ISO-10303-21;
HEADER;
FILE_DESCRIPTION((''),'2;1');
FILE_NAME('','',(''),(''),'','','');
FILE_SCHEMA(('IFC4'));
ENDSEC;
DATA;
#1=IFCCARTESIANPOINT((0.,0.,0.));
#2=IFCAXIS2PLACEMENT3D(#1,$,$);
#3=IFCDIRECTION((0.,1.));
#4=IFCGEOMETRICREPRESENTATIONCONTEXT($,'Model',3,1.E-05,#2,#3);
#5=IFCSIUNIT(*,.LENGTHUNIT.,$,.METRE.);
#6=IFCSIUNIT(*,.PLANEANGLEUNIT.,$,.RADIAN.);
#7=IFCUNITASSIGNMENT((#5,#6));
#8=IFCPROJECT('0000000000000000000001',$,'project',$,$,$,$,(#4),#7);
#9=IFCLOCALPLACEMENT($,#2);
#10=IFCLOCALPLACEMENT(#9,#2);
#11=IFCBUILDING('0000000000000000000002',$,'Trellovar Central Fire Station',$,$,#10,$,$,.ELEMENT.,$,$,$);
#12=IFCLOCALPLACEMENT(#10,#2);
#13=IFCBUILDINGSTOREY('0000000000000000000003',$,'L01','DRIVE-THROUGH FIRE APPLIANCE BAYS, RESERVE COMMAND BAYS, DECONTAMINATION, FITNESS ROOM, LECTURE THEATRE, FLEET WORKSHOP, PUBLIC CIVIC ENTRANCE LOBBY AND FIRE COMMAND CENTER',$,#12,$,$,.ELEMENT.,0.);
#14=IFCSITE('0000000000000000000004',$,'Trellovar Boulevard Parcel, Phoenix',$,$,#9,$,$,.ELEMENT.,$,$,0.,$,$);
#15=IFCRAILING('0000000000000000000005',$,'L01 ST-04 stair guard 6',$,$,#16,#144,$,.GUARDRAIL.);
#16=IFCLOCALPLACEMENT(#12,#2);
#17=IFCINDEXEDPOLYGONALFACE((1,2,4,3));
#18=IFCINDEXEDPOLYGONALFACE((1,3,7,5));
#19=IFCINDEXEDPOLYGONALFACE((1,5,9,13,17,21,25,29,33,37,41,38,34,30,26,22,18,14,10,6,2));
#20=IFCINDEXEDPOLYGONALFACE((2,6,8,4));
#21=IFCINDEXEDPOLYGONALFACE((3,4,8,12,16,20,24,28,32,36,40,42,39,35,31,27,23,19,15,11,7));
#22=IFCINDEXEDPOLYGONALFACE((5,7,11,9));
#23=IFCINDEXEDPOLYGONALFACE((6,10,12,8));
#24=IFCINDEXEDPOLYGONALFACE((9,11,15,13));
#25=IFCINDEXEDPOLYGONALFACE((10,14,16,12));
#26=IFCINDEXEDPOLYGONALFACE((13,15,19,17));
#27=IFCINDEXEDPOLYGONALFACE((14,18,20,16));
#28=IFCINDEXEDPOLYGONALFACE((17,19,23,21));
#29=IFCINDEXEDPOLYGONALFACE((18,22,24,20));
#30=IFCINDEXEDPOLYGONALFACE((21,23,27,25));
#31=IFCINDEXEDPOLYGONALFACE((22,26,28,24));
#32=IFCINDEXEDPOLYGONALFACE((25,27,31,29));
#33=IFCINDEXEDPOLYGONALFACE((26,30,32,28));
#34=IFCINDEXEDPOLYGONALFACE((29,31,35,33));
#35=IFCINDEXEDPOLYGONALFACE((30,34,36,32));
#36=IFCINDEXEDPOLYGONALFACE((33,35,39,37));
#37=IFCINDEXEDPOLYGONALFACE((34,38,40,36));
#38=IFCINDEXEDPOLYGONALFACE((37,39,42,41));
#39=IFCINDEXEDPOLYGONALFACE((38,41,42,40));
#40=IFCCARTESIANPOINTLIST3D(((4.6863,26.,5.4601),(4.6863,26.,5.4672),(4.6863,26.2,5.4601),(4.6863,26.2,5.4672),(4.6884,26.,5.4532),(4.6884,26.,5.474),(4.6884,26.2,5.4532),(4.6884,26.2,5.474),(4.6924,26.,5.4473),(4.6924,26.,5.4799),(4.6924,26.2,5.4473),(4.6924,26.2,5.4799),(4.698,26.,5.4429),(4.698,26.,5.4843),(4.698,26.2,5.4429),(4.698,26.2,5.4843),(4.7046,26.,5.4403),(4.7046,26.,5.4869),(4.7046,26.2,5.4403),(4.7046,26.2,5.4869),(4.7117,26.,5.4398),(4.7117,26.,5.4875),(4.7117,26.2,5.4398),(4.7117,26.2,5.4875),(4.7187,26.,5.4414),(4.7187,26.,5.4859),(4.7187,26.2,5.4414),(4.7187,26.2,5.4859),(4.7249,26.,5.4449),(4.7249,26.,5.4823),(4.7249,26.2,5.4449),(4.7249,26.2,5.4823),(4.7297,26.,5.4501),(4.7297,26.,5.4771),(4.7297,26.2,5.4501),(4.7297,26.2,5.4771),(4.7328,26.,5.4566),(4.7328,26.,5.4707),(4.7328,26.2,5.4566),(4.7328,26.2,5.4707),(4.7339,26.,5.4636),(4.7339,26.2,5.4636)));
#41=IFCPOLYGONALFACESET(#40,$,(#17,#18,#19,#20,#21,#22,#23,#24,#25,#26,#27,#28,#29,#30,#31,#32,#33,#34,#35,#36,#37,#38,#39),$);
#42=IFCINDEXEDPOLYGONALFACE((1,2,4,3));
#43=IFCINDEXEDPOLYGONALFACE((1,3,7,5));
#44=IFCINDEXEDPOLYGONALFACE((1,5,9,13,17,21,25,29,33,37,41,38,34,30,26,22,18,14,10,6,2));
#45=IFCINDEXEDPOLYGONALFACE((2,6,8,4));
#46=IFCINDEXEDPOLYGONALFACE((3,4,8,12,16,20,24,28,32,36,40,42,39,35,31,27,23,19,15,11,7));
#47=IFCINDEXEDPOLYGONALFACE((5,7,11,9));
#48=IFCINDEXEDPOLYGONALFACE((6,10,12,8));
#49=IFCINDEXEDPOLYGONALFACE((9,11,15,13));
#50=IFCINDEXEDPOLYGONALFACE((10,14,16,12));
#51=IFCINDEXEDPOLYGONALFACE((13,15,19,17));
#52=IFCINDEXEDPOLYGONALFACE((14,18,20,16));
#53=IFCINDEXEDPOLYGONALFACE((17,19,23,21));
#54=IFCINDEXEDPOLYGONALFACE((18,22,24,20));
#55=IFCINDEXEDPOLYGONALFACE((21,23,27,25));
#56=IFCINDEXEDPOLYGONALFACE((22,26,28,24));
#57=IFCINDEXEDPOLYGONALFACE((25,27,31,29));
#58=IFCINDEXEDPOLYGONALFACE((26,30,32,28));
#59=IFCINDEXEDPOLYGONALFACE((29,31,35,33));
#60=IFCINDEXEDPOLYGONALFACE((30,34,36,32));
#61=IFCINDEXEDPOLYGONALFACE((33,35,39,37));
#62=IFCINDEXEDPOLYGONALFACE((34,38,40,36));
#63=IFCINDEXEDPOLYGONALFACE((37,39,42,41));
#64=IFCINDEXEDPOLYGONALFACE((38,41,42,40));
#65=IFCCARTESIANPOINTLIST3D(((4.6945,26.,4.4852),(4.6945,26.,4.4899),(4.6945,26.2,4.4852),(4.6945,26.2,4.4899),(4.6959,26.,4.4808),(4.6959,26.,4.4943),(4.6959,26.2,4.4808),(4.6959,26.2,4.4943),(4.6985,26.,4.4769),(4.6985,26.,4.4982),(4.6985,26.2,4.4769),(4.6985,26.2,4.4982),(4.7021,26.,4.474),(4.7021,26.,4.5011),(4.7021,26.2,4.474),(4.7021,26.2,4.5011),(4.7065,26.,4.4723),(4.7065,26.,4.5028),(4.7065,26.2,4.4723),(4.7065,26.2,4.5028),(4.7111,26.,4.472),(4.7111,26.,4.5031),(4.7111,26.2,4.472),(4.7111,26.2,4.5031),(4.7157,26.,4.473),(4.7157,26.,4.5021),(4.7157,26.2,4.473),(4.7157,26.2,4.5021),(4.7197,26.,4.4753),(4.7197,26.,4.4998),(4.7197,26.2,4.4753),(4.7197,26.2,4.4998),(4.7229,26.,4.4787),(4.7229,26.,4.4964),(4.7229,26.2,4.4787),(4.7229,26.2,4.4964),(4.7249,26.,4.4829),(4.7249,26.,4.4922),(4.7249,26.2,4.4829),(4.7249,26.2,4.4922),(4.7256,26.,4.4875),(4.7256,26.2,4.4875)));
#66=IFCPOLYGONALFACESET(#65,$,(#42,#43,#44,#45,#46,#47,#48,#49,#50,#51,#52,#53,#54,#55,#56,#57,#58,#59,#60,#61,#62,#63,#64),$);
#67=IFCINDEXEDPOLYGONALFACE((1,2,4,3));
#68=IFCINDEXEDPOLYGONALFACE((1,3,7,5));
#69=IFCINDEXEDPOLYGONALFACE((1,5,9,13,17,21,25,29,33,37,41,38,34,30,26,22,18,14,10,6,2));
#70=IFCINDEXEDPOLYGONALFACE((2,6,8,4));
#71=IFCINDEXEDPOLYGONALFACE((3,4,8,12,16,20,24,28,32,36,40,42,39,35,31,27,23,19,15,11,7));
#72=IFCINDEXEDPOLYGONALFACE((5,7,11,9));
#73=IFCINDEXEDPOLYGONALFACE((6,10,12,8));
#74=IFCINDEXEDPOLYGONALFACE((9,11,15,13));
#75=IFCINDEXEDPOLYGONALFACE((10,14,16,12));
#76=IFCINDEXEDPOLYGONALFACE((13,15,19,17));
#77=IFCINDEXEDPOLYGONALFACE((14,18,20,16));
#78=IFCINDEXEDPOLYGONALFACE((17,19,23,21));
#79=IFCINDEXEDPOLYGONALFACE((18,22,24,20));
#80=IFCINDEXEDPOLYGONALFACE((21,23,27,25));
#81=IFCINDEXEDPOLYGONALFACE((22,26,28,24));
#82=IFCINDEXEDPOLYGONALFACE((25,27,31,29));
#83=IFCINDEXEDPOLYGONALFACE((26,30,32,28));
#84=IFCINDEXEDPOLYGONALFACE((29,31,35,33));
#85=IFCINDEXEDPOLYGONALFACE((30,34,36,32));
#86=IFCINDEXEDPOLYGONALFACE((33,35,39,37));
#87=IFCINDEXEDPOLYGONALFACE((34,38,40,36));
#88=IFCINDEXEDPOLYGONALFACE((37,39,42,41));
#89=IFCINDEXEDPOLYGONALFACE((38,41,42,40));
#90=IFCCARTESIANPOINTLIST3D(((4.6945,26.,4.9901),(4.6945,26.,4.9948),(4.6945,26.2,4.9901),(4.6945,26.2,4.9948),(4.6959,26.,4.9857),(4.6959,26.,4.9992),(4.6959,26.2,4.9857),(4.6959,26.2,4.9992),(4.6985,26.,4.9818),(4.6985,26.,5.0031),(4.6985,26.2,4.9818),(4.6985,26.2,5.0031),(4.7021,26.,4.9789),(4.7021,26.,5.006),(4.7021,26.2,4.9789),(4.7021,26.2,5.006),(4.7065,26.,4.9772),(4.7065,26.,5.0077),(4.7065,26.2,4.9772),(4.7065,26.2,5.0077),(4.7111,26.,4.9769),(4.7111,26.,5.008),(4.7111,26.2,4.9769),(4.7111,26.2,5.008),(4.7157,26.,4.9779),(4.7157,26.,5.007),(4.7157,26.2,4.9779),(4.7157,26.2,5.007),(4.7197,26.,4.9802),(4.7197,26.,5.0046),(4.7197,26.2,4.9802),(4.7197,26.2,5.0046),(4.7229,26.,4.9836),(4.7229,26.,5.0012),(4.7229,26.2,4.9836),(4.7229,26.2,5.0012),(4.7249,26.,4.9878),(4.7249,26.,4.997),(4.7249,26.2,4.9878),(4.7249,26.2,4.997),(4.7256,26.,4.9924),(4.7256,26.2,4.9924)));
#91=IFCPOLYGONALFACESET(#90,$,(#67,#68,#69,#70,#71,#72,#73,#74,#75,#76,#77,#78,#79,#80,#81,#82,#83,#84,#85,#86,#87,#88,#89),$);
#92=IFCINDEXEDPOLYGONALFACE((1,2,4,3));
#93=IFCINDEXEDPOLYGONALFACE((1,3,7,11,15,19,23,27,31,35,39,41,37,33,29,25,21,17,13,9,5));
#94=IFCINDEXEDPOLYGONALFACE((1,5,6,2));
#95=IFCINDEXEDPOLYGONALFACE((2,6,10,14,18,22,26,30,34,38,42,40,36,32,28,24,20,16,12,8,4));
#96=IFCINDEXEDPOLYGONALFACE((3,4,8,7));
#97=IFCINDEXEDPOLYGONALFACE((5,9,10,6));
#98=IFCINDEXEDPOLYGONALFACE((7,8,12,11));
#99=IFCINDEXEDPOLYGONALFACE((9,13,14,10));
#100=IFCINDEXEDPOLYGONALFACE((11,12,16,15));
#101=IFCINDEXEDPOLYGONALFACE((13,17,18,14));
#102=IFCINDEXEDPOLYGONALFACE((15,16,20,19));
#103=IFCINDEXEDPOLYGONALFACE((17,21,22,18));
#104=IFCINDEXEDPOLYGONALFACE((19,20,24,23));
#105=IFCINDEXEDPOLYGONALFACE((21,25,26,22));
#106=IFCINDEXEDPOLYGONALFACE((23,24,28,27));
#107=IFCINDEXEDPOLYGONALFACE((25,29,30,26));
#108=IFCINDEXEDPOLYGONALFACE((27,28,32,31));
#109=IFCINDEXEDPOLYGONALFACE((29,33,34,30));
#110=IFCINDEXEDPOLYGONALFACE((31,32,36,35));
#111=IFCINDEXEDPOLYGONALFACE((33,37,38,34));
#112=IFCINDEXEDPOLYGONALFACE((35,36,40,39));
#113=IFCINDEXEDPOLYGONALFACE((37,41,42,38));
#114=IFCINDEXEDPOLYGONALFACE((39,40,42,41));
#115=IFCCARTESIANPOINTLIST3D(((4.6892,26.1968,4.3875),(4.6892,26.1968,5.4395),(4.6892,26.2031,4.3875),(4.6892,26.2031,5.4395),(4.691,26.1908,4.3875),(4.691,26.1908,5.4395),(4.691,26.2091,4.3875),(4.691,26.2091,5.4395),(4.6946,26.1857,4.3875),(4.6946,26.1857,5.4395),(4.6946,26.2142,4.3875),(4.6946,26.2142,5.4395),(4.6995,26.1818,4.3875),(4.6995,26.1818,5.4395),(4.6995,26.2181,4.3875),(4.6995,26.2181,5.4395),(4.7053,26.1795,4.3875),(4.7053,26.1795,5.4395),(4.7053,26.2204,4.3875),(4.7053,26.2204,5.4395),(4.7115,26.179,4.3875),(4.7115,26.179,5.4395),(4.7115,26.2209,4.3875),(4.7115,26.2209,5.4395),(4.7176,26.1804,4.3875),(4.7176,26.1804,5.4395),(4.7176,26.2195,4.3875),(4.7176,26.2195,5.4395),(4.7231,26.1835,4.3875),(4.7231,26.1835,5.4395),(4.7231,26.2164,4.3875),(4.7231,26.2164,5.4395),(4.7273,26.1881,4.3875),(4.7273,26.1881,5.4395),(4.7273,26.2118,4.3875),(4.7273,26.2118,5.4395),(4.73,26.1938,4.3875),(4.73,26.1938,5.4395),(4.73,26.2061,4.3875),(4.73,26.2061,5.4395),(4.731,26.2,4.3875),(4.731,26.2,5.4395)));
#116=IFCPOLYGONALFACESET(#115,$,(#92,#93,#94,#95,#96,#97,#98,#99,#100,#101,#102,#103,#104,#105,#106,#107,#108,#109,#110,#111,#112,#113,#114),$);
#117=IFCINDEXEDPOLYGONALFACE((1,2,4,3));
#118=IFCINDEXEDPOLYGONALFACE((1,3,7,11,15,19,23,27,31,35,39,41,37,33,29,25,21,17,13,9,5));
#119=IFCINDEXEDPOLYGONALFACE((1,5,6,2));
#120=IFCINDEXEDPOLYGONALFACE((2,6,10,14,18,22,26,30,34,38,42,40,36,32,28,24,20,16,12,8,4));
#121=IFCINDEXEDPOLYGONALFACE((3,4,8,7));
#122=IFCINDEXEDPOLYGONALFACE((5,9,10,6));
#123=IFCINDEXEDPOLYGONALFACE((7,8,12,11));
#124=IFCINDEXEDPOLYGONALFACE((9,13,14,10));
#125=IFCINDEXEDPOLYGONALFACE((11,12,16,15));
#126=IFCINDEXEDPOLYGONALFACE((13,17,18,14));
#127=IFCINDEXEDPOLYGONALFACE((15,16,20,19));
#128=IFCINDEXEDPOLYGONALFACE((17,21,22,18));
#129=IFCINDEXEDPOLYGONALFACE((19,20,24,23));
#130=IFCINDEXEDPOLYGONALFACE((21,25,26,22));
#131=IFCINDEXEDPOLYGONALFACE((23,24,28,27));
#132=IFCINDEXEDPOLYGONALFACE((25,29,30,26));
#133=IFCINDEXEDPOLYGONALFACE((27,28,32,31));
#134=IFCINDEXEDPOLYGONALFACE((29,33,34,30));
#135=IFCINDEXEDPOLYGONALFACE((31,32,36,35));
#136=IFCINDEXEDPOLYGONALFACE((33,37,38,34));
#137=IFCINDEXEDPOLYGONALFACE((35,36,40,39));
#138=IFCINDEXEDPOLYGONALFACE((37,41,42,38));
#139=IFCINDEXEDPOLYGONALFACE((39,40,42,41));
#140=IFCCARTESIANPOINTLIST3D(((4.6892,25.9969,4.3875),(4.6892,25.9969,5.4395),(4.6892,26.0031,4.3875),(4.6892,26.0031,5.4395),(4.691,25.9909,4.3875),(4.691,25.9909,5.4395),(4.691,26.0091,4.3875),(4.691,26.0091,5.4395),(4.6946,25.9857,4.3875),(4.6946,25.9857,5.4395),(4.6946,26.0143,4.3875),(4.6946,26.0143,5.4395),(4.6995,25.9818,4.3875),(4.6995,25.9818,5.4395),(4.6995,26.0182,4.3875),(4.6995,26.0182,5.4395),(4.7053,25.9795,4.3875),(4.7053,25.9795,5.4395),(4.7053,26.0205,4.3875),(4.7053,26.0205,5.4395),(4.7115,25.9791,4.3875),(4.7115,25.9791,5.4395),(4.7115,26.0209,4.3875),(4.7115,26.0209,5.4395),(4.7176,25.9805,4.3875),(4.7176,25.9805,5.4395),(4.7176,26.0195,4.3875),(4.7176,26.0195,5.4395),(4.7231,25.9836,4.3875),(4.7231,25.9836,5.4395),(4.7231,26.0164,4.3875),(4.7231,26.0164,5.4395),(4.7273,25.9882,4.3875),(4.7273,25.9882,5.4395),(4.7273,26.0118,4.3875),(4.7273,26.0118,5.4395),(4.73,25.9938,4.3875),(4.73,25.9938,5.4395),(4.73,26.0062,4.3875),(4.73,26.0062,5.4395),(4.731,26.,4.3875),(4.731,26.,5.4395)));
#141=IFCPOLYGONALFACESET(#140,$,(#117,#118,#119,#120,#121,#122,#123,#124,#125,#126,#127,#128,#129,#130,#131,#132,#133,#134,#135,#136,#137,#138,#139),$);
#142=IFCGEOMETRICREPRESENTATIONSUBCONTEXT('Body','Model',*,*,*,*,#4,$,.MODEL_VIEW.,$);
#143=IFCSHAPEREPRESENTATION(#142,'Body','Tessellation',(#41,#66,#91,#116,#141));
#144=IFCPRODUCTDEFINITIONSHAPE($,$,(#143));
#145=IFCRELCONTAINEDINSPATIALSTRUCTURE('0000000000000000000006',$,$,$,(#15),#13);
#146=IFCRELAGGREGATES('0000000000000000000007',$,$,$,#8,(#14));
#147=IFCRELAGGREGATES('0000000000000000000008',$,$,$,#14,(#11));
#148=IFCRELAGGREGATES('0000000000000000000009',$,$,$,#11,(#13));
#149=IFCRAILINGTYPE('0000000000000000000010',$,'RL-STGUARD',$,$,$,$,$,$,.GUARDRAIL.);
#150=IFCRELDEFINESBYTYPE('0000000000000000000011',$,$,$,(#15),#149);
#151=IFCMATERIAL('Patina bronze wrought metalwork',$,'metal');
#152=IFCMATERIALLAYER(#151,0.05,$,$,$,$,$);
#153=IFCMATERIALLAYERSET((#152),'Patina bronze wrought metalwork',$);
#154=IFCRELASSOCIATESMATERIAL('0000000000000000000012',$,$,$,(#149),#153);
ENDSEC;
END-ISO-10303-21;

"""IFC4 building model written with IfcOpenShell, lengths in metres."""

from ifc_helpers import new_model, si_unit, direction, frame, origin, origin_2d, place, context, subcontext, project, spatial, circle, extrude, material, layer, layer_set, type_object, element, save


model = new_model("IFC4")

# Units and contexts
model_context = context("Model", 3, precision=1e-05, world=origin(), true_north=direction((0.0, 1.0)))
body_context = subcontext(model_context, "Body", "Model", "MODEL_VIEW")
ifc_project = project(units=[si_unit("LENGTHUNIT", "METRE"), si_unit("PLANEANGLEUNIT", "RADIAN")], contexts=[model_context])

# Site, building, storey
site_placement = place(None, origin())
site = spatial("IfcSite", under=ifc_project, at=site_placement, Name="Trellovar Boulevard Parcel, Phoenix", CompositionType="ELEMENT", RefElevation=0.0)
building_placement = place(site_placement, origin())
building = spatial("IfcBuilding", under=site, at=building_placement, Name="Trellovar Central Fire Station", CompositionType="ELEMENT")
storey_placement = place(building_placement, origin())
storey = spatial("IfcBuildingStorey", under=building, at=storey_placement, Name="L01", Description="DRIVE-THROUGH FIRE APPLIANCE BAYS, RESERVE COMMAND BAYS, DECONTAMINATION, FITNESS ROOM, LECTURE THEATRE, FLEET WORKSHOP, PUBLIC CIVIC ENTRANCE LOBBY AND FIRE COMMAND CENTER", CompositionType="ELEMENT", Elevation=0.0)

# Railing
ifc_material_1 = material(Name="Patina bronze wrought metalwork", Category="metal")
ifc_layer_1 = layer(ifc_material_1, 0.05)
ifc_layer_set_1 = layer_set([ifc_layer_1], Name="Patina bronze wrought metalwork")
railing_type_1 = type_object("IfcRailingType", Name="RL-STGUARD", PredefinedType="GUARDRAIL", material=ifc_layer_set_1)
railing_1_placement = place(storey_placement, frame((4.71, 26.2, 4.3875)))
element("IfcRailing", 1, at=railing_1_placement, inside=storey, type_object=railing_type_1, Name="L01 ST-04 stair guard 6", PredefinedType="GUARDRAIL", context=body_context, shape_type="SweptSolid", body=[
    extrude(circle(Radius=0.0239, at=origin_2d()), frame((0.0, 0.0, 1.0762), z_axis=(0.0, -1.0, 0.0), x_axis=(1.0, 0.0, 0.0)), (0.0, 0.0, 1.0), 0.2),
    extrude(circle(Radius=0.0156, at=origin_2d()), frame((0.0, 0.0, 0.1001), z_axis=(0.0, -1.0, 0.0), x_axis=(1.0, 0.0, 0.0)), (0.0, 0.0, 1.0), 0.2),
    extrude(circle(Radius=0.0156, at=origin_2d()), frame((0.0, 0.0, 0.605), z_axis=(0.0, -1.0, 0.0), x_axis=(1.0, 0.0, 0.0)), (0.0, 0.0, 1.0), 0.2),
    extrude(circle(Radius=0.021, at=origin_2d()), origin(), (0.0, 0.0, 1.0), 1.052),
    extrude(circle(Radius=0.021, at=origin_2d()), frame((0.0, -0.2, 0.0)), (0.0, 0.0, 1.0), 1.052),
])

save(model, "model.ifc")
